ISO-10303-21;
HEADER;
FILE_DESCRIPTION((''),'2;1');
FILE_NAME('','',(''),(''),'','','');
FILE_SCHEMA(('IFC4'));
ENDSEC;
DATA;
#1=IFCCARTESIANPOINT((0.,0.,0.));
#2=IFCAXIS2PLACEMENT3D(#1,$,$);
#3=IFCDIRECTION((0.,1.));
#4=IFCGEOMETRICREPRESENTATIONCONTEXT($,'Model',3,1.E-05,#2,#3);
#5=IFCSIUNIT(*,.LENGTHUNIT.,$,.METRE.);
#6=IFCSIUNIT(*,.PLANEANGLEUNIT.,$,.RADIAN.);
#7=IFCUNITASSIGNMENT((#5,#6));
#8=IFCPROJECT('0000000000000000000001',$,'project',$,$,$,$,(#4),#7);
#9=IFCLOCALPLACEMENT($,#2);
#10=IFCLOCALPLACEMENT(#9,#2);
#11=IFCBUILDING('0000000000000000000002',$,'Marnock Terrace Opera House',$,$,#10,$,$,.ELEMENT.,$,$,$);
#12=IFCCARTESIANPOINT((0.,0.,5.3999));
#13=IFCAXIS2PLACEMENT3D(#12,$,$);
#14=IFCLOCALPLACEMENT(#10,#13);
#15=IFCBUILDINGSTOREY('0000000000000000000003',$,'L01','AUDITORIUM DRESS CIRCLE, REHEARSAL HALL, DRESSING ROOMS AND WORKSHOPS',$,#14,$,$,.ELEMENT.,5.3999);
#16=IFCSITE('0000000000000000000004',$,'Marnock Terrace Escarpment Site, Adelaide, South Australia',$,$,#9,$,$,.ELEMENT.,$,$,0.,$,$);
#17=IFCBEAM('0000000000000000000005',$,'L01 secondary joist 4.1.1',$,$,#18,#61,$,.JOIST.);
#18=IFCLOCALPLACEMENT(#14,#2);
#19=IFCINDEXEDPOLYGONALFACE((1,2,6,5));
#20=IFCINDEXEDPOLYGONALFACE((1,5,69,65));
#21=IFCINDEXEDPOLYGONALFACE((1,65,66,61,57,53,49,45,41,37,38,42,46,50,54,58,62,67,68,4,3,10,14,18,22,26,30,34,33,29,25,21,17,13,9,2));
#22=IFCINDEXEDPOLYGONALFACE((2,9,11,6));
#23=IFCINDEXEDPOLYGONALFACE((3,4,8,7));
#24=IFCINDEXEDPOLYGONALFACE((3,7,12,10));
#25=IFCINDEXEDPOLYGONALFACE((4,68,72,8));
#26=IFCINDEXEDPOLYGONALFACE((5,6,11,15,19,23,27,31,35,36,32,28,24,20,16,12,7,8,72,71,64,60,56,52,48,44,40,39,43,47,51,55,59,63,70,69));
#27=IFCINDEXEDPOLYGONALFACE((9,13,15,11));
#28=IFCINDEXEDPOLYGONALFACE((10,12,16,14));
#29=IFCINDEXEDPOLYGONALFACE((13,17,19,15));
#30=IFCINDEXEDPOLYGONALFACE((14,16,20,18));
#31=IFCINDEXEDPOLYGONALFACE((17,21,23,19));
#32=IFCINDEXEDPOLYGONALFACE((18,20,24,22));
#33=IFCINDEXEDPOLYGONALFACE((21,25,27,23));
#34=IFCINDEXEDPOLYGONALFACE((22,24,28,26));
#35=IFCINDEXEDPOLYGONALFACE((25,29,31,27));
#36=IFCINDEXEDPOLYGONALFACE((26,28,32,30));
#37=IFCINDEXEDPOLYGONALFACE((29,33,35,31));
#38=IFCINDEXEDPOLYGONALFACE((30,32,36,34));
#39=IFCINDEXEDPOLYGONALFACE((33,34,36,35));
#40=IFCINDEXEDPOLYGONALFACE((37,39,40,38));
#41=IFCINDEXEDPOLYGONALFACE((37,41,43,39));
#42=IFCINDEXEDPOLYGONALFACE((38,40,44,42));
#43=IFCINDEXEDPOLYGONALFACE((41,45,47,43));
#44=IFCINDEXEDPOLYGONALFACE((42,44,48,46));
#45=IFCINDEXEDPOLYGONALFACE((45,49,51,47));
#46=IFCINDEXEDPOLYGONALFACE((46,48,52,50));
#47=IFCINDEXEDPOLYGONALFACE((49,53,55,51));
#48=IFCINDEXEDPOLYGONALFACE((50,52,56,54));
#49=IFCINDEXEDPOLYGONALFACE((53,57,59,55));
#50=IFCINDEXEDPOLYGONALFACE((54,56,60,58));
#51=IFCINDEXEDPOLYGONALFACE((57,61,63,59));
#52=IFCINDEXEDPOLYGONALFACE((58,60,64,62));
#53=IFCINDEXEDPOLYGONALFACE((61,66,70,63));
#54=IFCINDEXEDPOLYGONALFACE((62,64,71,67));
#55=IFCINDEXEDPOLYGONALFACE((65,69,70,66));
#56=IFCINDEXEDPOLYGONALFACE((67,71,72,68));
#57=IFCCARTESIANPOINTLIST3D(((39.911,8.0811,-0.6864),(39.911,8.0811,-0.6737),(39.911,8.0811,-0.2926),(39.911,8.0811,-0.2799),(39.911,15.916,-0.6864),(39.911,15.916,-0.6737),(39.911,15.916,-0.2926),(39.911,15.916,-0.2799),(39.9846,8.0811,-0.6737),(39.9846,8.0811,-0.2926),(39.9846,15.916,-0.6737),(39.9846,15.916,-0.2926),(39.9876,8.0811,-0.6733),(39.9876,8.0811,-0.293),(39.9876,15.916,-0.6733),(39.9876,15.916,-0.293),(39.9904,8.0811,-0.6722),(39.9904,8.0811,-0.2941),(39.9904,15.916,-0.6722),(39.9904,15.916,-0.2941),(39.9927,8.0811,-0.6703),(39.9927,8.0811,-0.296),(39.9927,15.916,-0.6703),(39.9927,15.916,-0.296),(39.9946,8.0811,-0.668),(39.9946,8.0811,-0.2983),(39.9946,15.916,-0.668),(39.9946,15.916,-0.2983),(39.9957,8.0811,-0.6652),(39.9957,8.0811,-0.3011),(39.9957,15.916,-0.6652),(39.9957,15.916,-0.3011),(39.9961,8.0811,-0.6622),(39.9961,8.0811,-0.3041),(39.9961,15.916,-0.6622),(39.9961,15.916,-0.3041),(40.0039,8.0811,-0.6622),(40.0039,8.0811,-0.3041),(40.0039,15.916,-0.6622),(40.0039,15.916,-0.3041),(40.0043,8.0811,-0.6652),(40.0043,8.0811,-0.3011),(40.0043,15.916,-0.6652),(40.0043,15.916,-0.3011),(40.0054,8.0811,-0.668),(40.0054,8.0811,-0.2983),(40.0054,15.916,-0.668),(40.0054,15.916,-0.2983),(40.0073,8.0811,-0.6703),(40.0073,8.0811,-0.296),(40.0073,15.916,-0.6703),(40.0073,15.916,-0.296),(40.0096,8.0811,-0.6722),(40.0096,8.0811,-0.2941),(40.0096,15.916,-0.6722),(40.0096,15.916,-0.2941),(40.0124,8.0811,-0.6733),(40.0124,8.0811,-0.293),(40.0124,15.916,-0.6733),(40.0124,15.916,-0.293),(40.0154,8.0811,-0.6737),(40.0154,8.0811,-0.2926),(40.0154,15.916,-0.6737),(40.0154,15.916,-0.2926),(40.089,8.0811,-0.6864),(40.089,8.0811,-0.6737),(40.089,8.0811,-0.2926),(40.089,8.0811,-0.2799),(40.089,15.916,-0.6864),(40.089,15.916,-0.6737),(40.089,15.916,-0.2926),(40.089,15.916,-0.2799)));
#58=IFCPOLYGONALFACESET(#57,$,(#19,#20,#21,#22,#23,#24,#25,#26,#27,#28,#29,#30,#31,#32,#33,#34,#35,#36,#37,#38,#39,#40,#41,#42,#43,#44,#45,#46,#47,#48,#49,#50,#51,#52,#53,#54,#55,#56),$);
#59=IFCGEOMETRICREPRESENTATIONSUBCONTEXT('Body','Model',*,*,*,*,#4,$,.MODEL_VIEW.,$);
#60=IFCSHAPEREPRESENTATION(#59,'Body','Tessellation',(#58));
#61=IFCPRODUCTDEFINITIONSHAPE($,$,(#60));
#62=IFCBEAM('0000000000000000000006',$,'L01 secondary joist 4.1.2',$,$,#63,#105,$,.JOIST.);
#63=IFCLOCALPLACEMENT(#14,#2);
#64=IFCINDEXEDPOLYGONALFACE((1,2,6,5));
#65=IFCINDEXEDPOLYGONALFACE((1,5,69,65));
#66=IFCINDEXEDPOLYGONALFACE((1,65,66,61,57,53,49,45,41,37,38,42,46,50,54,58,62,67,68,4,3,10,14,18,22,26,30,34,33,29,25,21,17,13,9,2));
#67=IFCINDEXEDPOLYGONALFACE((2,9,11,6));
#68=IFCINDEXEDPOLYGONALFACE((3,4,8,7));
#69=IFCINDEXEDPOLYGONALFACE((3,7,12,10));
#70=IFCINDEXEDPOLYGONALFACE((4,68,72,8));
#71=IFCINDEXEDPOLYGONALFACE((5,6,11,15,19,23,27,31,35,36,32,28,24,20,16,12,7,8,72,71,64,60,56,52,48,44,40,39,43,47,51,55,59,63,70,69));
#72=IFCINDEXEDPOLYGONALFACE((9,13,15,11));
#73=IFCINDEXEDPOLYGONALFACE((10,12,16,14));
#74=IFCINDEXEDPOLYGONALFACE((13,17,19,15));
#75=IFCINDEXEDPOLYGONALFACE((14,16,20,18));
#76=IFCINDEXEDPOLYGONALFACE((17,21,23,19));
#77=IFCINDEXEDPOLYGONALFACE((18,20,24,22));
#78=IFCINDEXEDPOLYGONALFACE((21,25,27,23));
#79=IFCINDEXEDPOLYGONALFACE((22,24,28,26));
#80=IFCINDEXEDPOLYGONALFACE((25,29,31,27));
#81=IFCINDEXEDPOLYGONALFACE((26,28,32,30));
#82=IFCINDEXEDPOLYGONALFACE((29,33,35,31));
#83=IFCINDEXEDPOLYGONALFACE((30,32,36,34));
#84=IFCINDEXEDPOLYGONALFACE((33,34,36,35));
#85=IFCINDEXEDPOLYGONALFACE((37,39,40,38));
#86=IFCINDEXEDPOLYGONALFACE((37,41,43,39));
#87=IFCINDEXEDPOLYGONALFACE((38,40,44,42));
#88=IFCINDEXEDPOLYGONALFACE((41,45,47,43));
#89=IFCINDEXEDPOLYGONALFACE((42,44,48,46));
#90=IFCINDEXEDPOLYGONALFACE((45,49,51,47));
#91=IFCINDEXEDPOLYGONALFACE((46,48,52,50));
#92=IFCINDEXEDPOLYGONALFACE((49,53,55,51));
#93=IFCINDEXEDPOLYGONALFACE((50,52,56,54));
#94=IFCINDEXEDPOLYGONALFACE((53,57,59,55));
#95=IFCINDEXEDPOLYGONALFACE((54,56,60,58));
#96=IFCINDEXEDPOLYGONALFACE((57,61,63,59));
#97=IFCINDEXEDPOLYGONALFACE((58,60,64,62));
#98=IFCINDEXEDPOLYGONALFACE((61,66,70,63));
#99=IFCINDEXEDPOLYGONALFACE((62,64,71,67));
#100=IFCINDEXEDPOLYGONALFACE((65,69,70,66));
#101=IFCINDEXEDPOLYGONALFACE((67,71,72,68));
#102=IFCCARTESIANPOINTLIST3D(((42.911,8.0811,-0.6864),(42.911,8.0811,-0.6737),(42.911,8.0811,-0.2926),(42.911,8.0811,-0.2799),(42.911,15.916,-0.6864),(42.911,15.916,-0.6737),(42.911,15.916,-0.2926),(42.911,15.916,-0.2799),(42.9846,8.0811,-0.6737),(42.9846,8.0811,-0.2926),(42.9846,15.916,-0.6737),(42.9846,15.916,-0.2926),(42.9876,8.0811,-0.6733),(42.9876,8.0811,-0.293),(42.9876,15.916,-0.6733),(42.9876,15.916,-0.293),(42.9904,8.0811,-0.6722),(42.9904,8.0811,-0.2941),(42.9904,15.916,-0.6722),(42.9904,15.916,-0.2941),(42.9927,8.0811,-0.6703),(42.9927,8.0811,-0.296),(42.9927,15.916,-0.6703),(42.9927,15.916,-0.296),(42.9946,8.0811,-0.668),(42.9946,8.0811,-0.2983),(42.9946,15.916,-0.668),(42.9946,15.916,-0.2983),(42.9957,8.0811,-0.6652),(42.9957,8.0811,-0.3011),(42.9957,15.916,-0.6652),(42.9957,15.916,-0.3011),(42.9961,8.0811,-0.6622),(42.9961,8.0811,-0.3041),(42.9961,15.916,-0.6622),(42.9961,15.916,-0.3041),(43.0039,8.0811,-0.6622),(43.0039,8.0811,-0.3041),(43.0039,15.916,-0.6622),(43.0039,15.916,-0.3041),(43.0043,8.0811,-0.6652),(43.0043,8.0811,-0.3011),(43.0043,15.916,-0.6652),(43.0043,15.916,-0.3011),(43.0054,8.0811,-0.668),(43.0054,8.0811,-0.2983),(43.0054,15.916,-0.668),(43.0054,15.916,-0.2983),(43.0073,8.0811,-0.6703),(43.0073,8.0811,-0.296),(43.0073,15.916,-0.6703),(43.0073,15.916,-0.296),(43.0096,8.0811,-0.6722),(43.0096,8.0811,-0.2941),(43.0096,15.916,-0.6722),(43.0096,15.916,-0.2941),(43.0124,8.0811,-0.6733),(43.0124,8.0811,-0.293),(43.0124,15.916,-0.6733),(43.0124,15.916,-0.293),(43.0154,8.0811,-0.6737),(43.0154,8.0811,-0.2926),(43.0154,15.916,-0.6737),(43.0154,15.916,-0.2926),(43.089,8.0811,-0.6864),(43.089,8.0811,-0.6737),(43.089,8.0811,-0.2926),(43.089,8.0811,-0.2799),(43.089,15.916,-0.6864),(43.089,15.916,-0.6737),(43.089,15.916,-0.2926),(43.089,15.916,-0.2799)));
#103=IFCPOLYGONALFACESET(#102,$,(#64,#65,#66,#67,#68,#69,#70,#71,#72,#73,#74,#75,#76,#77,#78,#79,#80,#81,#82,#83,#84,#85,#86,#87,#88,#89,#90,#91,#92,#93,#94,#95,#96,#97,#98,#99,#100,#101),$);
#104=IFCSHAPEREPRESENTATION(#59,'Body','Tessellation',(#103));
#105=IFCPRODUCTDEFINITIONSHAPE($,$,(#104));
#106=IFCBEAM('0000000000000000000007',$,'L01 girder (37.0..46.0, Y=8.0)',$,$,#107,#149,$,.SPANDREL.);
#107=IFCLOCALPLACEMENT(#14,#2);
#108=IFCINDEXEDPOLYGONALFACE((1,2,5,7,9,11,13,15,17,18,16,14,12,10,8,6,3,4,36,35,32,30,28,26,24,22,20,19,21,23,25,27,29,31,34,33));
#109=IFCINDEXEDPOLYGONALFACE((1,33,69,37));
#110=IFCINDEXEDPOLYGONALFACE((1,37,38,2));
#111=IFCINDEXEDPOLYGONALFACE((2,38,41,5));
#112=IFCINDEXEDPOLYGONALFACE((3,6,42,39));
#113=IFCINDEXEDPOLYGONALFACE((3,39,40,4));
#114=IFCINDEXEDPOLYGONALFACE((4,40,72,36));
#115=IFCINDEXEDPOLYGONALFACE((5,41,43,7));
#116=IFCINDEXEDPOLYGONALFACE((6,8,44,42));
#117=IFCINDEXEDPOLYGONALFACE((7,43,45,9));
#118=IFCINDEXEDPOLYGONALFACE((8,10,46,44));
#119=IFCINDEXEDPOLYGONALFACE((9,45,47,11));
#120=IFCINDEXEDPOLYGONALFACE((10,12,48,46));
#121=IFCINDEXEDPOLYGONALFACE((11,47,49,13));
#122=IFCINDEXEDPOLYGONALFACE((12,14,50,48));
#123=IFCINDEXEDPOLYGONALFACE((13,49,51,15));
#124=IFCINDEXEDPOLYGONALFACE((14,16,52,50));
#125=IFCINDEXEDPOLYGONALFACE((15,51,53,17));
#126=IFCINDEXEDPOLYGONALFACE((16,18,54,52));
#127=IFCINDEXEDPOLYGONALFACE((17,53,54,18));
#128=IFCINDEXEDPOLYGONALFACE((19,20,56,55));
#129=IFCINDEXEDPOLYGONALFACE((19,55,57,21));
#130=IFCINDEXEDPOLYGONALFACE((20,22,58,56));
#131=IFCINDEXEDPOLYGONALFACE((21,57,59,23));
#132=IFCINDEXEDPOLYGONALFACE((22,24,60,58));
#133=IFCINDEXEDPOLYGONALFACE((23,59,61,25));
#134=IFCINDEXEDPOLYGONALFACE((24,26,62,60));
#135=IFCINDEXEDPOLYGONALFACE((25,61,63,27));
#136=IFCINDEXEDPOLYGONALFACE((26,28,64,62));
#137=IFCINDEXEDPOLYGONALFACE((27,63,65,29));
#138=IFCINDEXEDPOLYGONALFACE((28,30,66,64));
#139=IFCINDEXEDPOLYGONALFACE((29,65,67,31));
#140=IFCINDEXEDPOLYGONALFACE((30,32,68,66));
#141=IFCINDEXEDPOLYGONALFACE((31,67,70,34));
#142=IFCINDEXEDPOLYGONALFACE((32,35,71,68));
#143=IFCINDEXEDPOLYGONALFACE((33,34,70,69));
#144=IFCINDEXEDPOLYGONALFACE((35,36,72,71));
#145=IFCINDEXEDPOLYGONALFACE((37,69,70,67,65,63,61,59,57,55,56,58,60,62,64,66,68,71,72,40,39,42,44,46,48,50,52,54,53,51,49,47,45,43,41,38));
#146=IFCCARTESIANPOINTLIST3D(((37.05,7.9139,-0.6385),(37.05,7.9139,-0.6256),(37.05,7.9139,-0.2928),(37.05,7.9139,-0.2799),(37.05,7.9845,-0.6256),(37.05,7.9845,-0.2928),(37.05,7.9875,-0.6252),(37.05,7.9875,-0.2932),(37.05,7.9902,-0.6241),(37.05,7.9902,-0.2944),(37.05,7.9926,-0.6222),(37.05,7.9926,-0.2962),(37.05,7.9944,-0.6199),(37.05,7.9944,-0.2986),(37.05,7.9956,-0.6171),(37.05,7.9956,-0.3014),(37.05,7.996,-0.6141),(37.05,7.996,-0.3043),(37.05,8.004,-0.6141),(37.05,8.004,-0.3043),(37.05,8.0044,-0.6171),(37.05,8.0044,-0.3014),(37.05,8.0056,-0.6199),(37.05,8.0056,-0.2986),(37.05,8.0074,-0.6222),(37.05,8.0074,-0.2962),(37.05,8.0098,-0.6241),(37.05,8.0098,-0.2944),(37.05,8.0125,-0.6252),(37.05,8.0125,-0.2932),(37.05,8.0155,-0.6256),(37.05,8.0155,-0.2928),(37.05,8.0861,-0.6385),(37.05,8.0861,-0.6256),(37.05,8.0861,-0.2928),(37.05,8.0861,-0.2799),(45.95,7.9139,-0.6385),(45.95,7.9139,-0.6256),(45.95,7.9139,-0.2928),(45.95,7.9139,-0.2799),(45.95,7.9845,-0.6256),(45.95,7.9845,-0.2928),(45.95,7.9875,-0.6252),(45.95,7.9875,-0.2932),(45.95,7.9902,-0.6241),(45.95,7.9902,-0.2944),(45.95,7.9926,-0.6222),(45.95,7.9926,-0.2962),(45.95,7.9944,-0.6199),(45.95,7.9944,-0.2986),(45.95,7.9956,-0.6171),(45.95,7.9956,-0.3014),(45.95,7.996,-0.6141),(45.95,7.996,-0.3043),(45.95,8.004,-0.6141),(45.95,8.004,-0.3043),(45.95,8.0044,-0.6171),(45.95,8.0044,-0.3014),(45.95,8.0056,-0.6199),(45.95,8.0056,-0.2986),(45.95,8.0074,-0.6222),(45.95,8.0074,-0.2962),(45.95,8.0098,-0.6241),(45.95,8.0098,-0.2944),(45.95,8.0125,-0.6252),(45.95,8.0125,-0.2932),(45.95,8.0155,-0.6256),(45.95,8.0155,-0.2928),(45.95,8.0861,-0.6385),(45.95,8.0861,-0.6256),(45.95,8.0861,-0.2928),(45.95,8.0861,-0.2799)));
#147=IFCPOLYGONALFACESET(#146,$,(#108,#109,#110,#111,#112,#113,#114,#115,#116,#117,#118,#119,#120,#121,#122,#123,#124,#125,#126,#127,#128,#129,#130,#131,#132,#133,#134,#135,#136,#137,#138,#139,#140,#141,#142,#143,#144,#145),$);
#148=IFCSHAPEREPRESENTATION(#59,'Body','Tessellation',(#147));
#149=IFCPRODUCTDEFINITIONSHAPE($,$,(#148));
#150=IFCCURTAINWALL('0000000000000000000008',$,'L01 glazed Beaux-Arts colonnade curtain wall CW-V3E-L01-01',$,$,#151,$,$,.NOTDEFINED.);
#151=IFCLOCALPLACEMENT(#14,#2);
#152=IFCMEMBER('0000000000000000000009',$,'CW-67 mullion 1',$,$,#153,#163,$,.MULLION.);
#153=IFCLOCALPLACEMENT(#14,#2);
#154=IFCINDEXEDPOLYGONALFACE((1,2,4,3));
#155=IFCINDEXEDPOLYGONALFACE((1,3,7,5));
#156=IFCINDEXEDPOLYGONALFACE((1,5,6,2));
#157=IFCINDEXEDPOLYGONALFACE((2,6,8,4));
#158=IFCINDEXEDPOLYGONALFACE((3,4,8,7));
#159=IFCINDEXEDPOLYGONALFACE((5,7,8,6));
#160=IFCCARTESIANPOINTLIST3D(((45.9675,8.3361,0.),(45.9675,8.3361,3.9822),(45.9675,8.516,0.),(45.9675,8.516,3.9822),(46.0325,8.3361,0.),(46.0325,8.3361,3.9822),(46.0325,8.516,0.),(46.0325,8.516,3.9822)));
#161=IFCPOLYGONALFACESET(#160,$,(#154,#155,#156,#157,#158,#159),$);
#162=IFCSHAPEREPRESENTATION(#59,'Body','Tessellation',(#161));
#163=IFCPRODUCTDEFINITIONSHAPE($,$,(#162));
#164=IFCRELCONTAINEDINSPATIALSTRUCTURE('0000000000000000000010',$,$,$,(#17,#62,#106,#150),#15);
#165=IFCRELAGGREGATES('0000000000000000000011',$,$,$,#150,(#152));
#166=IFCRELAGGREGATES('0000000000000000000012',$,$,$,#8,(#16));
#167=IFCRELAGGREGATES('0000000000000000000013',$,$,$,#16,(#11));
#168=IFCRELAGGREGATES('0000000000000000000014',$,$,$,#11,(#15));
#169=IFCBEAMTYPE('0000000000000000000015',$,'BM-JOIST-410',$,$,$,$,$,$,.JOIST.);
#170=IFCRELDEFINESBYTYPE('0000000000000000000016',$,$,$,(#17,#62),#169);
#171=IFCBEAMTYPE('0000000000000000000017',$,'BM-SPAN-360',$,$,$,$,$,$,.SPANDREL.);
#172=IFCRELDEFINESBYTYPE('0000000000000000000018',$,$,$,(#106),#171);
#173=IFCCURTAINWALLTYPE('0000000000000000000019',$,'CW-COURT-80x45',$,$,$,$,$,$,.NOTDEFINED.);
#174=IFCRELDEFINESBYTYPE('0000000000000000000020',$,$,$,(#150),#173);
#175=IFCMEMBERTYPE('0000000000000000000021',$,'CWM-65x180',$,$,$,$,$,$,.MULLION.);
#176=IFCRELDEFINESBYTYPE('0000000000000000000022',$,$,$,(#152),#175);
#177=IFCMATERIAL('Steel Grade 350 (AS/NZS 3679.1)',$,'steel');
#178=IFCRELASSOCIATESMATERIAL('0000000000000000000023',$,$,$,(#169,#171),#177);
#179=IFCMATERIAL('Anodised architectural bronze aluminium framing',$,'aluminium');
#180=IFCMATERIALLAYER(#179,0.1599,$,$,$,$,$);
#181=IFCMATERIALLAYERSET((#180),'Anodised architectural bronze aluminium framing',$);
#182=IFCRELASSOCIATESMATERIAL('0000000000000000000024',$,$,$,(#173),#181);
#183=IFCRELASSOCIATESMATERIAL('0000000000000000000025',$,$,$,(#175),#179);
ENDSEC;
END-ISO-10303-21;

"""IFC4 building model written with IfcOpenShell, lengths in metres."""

from ifc_helpers import new_model, si_unit, direction, frame, origin, origin_2d, place, context, subcontext, project, spatial, rectangle, i_section, extrude, material, layer, layer_set, material_profile, profile_set, type_object, element, aggregate, save


model = new_model("IFC4")

# Units and contexts
model_context = context("Model", 3, precision=1e-05, world=origin(), true_north=direction((0.0, 1.0)))
body_context = subcontext(model_context, "Body", "Model", "MODEL_VIEW")
ifc_project = project(units=[si_unit("LENGTHUNIT", "METRE"), si_unit("PLANEANGLEUNIT", "RADIAN")], contexts=[model_context])

# Site, building, storey
site_placement = place(None, origin())
site = spatial("IfcSite", under=ifc_project, at=site_placement, Name="Marnock Terrace Escarpment Site, Adelaide, South Australia", CompositionType="ELEMENT", RefElevation=0.0)
building_placement = place(site_placement, origin())
building = spatial("IfcBuilding", under=site, at=building_placement, Name="Marnock Terrace Opera House", CompositionType="ELEMENT")
storey_placement = place(building_placement, frame((0.0, 0.0, 5.3999)))
storey = spatial("IfcBuildingStorey", under=building, at=storey_placement, Name="L01", Description="AUDITORIUM DRESS CIRCLE, REHEARSAL HALL, DRESSING ROOMS AND WORKSHOPS", CompositionType="ELEMENT", Elevation=5.3999)

# Shared definitions
ifc_material_1 = material(Name="Steel Grade 350 (AS/NZS 3679.1)", Category="steel")

# Beams
ifc_material_profile_1 = material_profile(ifc_material_1, i_section(OverallWidth=0.178, OverallDepth=0.4065, WebThickness=0.0078, FlangeThickness=0.0127, FilletRadius=0.0115, at=origin_2d()))
ifc_profile_set_1 = profile_set([ifc_material_profile_1], Name="Steel Grade 350 (AS/NZS 3679.1)")
beam_type_1 = type_object("IfcBeamType", Name="BM-JOIST-410", PredefinedType="JOIST", material=ifc_profile_set_1)
for number, where, z_axis, x_axis, name in (
    (1, (40.0, 8.0811, -0.4832), (0.0, 1.0, 0.0), (-1.0, 0.0, 0.0), "L01 secondary joist 4.1.1"),
    (2, (43.0, 8.0811, -0.4832), (0.0, 1.0, 0.0), (-1.0, 0.0, 0.0), "L01 secondary joist 4.1.2"),
):
    element("IfcBeam", number, at=place(storey_placement, frame(where, z_axis=z_axis, x_axis=x_axis)), inside=storey, type_object=beam_type_1, Name=name, PredefinedType="JOIST", context=body_context, shape_type="SweptSolid", body=[
        extrude(i_section(OverallWidth=0.178, OverallDepth=0.4065, WebThickness=0.0078, FlangeThickness=0.0127, FilletRadius=0.0115, at=origin_2d()), origin(), (0.0, 0.0, 1.0), 7.835),
    ])
ifc_material_profile_2 = material_profile(ifc_material_1, i_section(OverallWidth=0.1721, OverallDepth=0.3586, WebThickness=0.0081, FlangeThickness=0.0129, FilletRadius=0.0115, at=origin_2d()))
ifc_profile_set_2 = profile_set([ifc_material_profile_2], Name="Steel Grade 350 (AS/NZS 3679.1)")
beam_type_2 = type_object("IfcBeamType", Name="BM-SPAN-360", PredefinedType="SPANDREL", material=ifc_profile_set_2)
beam_1_placement = place(storey_placement, frame((37.05, 8.0, -0.4592), z_axis=(1.0, 0.0, 0.0), x_axis=(0.0, 1.0, 0.0)))
element("IfcBeam", 3, at=beam_1_placement, inside=storey, type_object=beam_type_2, Name="L01 girder (37.0..46.0, Y=8.0)", PredefinedType="SPANDREL", context=body_context, shape_type="SweptSolid", body=[
    extrude(i_section(OverallWidth=0.1721, OverallDepth=0.3586, WebThickness=0.0081, FlangeThickness=0.0129, FilletRadius=0.0115, at=origin_2d()), origin(), (0.0, 0.0, 1.0), 8.8999),
])

# Curtain wall, member
ifc_material_2 = material(Name="Anodised architectural bronze aluminium framing", Category="aluminium")
ifc_layer_1 = layer(ifc_material_2, 0.1599)
ifc_layer_set_1 = layer_set([ifc_layer_1], Name="Anodised architectural bronze aluminium framing")
curtain_wall_type = type_object("IfcCurtainWallType", Name="CW-COURT-80x45", PredefinedType="NOTDEFINED", material=ifc_layer_set_1)
curtain_wall_placement = place(storey_placement, origin())
curtain_wall = element("IfcCurtainWall", 4, at=curtain_wall_placement, inside=storey, type_object=curtain_wall_type, Name="L01 glazed Beaux-Arts colonnade curtain wall CW-V3E-L01-01", PredefinedType="NOTDEFINED")
ifc_material_profile_3 = material_profile(ifc_material_2, rectangle(XDim=0.0649, YDim=0.1799, at=origin_2d()))
ifc_profile_set_3 = profile_set([ifc_material_profile_3], Name="Anodised architectural bronze aluminium framing")
member_type = type_object("IfcMemberType", Name="CWM-65x180", PredefinedType="MULLION", material=ifc_profile_set_3)
member_placement = place(storey_placement, frame((46.0, 8.426, 0.0), z_axis=(0.0, 0.0, 1.0), x_axis=(-1.0, 0.0, 0.0)))
member = element("IfcMember", 5, at=member_placement, type_object=member_type, Name="CW-67 mullion 1", PredefinedType="MULLION", context=body_context, shape_type="SweptSolid", body=[
    extrude(rectangle(XDim=0.0649, YDim=0.1799, at=origin_2d()), origin(), (0.0, 0.0, 1.0), 3.9822),
])
aggregate(curtain_wall, [member])

save(model, "model.ifc")
